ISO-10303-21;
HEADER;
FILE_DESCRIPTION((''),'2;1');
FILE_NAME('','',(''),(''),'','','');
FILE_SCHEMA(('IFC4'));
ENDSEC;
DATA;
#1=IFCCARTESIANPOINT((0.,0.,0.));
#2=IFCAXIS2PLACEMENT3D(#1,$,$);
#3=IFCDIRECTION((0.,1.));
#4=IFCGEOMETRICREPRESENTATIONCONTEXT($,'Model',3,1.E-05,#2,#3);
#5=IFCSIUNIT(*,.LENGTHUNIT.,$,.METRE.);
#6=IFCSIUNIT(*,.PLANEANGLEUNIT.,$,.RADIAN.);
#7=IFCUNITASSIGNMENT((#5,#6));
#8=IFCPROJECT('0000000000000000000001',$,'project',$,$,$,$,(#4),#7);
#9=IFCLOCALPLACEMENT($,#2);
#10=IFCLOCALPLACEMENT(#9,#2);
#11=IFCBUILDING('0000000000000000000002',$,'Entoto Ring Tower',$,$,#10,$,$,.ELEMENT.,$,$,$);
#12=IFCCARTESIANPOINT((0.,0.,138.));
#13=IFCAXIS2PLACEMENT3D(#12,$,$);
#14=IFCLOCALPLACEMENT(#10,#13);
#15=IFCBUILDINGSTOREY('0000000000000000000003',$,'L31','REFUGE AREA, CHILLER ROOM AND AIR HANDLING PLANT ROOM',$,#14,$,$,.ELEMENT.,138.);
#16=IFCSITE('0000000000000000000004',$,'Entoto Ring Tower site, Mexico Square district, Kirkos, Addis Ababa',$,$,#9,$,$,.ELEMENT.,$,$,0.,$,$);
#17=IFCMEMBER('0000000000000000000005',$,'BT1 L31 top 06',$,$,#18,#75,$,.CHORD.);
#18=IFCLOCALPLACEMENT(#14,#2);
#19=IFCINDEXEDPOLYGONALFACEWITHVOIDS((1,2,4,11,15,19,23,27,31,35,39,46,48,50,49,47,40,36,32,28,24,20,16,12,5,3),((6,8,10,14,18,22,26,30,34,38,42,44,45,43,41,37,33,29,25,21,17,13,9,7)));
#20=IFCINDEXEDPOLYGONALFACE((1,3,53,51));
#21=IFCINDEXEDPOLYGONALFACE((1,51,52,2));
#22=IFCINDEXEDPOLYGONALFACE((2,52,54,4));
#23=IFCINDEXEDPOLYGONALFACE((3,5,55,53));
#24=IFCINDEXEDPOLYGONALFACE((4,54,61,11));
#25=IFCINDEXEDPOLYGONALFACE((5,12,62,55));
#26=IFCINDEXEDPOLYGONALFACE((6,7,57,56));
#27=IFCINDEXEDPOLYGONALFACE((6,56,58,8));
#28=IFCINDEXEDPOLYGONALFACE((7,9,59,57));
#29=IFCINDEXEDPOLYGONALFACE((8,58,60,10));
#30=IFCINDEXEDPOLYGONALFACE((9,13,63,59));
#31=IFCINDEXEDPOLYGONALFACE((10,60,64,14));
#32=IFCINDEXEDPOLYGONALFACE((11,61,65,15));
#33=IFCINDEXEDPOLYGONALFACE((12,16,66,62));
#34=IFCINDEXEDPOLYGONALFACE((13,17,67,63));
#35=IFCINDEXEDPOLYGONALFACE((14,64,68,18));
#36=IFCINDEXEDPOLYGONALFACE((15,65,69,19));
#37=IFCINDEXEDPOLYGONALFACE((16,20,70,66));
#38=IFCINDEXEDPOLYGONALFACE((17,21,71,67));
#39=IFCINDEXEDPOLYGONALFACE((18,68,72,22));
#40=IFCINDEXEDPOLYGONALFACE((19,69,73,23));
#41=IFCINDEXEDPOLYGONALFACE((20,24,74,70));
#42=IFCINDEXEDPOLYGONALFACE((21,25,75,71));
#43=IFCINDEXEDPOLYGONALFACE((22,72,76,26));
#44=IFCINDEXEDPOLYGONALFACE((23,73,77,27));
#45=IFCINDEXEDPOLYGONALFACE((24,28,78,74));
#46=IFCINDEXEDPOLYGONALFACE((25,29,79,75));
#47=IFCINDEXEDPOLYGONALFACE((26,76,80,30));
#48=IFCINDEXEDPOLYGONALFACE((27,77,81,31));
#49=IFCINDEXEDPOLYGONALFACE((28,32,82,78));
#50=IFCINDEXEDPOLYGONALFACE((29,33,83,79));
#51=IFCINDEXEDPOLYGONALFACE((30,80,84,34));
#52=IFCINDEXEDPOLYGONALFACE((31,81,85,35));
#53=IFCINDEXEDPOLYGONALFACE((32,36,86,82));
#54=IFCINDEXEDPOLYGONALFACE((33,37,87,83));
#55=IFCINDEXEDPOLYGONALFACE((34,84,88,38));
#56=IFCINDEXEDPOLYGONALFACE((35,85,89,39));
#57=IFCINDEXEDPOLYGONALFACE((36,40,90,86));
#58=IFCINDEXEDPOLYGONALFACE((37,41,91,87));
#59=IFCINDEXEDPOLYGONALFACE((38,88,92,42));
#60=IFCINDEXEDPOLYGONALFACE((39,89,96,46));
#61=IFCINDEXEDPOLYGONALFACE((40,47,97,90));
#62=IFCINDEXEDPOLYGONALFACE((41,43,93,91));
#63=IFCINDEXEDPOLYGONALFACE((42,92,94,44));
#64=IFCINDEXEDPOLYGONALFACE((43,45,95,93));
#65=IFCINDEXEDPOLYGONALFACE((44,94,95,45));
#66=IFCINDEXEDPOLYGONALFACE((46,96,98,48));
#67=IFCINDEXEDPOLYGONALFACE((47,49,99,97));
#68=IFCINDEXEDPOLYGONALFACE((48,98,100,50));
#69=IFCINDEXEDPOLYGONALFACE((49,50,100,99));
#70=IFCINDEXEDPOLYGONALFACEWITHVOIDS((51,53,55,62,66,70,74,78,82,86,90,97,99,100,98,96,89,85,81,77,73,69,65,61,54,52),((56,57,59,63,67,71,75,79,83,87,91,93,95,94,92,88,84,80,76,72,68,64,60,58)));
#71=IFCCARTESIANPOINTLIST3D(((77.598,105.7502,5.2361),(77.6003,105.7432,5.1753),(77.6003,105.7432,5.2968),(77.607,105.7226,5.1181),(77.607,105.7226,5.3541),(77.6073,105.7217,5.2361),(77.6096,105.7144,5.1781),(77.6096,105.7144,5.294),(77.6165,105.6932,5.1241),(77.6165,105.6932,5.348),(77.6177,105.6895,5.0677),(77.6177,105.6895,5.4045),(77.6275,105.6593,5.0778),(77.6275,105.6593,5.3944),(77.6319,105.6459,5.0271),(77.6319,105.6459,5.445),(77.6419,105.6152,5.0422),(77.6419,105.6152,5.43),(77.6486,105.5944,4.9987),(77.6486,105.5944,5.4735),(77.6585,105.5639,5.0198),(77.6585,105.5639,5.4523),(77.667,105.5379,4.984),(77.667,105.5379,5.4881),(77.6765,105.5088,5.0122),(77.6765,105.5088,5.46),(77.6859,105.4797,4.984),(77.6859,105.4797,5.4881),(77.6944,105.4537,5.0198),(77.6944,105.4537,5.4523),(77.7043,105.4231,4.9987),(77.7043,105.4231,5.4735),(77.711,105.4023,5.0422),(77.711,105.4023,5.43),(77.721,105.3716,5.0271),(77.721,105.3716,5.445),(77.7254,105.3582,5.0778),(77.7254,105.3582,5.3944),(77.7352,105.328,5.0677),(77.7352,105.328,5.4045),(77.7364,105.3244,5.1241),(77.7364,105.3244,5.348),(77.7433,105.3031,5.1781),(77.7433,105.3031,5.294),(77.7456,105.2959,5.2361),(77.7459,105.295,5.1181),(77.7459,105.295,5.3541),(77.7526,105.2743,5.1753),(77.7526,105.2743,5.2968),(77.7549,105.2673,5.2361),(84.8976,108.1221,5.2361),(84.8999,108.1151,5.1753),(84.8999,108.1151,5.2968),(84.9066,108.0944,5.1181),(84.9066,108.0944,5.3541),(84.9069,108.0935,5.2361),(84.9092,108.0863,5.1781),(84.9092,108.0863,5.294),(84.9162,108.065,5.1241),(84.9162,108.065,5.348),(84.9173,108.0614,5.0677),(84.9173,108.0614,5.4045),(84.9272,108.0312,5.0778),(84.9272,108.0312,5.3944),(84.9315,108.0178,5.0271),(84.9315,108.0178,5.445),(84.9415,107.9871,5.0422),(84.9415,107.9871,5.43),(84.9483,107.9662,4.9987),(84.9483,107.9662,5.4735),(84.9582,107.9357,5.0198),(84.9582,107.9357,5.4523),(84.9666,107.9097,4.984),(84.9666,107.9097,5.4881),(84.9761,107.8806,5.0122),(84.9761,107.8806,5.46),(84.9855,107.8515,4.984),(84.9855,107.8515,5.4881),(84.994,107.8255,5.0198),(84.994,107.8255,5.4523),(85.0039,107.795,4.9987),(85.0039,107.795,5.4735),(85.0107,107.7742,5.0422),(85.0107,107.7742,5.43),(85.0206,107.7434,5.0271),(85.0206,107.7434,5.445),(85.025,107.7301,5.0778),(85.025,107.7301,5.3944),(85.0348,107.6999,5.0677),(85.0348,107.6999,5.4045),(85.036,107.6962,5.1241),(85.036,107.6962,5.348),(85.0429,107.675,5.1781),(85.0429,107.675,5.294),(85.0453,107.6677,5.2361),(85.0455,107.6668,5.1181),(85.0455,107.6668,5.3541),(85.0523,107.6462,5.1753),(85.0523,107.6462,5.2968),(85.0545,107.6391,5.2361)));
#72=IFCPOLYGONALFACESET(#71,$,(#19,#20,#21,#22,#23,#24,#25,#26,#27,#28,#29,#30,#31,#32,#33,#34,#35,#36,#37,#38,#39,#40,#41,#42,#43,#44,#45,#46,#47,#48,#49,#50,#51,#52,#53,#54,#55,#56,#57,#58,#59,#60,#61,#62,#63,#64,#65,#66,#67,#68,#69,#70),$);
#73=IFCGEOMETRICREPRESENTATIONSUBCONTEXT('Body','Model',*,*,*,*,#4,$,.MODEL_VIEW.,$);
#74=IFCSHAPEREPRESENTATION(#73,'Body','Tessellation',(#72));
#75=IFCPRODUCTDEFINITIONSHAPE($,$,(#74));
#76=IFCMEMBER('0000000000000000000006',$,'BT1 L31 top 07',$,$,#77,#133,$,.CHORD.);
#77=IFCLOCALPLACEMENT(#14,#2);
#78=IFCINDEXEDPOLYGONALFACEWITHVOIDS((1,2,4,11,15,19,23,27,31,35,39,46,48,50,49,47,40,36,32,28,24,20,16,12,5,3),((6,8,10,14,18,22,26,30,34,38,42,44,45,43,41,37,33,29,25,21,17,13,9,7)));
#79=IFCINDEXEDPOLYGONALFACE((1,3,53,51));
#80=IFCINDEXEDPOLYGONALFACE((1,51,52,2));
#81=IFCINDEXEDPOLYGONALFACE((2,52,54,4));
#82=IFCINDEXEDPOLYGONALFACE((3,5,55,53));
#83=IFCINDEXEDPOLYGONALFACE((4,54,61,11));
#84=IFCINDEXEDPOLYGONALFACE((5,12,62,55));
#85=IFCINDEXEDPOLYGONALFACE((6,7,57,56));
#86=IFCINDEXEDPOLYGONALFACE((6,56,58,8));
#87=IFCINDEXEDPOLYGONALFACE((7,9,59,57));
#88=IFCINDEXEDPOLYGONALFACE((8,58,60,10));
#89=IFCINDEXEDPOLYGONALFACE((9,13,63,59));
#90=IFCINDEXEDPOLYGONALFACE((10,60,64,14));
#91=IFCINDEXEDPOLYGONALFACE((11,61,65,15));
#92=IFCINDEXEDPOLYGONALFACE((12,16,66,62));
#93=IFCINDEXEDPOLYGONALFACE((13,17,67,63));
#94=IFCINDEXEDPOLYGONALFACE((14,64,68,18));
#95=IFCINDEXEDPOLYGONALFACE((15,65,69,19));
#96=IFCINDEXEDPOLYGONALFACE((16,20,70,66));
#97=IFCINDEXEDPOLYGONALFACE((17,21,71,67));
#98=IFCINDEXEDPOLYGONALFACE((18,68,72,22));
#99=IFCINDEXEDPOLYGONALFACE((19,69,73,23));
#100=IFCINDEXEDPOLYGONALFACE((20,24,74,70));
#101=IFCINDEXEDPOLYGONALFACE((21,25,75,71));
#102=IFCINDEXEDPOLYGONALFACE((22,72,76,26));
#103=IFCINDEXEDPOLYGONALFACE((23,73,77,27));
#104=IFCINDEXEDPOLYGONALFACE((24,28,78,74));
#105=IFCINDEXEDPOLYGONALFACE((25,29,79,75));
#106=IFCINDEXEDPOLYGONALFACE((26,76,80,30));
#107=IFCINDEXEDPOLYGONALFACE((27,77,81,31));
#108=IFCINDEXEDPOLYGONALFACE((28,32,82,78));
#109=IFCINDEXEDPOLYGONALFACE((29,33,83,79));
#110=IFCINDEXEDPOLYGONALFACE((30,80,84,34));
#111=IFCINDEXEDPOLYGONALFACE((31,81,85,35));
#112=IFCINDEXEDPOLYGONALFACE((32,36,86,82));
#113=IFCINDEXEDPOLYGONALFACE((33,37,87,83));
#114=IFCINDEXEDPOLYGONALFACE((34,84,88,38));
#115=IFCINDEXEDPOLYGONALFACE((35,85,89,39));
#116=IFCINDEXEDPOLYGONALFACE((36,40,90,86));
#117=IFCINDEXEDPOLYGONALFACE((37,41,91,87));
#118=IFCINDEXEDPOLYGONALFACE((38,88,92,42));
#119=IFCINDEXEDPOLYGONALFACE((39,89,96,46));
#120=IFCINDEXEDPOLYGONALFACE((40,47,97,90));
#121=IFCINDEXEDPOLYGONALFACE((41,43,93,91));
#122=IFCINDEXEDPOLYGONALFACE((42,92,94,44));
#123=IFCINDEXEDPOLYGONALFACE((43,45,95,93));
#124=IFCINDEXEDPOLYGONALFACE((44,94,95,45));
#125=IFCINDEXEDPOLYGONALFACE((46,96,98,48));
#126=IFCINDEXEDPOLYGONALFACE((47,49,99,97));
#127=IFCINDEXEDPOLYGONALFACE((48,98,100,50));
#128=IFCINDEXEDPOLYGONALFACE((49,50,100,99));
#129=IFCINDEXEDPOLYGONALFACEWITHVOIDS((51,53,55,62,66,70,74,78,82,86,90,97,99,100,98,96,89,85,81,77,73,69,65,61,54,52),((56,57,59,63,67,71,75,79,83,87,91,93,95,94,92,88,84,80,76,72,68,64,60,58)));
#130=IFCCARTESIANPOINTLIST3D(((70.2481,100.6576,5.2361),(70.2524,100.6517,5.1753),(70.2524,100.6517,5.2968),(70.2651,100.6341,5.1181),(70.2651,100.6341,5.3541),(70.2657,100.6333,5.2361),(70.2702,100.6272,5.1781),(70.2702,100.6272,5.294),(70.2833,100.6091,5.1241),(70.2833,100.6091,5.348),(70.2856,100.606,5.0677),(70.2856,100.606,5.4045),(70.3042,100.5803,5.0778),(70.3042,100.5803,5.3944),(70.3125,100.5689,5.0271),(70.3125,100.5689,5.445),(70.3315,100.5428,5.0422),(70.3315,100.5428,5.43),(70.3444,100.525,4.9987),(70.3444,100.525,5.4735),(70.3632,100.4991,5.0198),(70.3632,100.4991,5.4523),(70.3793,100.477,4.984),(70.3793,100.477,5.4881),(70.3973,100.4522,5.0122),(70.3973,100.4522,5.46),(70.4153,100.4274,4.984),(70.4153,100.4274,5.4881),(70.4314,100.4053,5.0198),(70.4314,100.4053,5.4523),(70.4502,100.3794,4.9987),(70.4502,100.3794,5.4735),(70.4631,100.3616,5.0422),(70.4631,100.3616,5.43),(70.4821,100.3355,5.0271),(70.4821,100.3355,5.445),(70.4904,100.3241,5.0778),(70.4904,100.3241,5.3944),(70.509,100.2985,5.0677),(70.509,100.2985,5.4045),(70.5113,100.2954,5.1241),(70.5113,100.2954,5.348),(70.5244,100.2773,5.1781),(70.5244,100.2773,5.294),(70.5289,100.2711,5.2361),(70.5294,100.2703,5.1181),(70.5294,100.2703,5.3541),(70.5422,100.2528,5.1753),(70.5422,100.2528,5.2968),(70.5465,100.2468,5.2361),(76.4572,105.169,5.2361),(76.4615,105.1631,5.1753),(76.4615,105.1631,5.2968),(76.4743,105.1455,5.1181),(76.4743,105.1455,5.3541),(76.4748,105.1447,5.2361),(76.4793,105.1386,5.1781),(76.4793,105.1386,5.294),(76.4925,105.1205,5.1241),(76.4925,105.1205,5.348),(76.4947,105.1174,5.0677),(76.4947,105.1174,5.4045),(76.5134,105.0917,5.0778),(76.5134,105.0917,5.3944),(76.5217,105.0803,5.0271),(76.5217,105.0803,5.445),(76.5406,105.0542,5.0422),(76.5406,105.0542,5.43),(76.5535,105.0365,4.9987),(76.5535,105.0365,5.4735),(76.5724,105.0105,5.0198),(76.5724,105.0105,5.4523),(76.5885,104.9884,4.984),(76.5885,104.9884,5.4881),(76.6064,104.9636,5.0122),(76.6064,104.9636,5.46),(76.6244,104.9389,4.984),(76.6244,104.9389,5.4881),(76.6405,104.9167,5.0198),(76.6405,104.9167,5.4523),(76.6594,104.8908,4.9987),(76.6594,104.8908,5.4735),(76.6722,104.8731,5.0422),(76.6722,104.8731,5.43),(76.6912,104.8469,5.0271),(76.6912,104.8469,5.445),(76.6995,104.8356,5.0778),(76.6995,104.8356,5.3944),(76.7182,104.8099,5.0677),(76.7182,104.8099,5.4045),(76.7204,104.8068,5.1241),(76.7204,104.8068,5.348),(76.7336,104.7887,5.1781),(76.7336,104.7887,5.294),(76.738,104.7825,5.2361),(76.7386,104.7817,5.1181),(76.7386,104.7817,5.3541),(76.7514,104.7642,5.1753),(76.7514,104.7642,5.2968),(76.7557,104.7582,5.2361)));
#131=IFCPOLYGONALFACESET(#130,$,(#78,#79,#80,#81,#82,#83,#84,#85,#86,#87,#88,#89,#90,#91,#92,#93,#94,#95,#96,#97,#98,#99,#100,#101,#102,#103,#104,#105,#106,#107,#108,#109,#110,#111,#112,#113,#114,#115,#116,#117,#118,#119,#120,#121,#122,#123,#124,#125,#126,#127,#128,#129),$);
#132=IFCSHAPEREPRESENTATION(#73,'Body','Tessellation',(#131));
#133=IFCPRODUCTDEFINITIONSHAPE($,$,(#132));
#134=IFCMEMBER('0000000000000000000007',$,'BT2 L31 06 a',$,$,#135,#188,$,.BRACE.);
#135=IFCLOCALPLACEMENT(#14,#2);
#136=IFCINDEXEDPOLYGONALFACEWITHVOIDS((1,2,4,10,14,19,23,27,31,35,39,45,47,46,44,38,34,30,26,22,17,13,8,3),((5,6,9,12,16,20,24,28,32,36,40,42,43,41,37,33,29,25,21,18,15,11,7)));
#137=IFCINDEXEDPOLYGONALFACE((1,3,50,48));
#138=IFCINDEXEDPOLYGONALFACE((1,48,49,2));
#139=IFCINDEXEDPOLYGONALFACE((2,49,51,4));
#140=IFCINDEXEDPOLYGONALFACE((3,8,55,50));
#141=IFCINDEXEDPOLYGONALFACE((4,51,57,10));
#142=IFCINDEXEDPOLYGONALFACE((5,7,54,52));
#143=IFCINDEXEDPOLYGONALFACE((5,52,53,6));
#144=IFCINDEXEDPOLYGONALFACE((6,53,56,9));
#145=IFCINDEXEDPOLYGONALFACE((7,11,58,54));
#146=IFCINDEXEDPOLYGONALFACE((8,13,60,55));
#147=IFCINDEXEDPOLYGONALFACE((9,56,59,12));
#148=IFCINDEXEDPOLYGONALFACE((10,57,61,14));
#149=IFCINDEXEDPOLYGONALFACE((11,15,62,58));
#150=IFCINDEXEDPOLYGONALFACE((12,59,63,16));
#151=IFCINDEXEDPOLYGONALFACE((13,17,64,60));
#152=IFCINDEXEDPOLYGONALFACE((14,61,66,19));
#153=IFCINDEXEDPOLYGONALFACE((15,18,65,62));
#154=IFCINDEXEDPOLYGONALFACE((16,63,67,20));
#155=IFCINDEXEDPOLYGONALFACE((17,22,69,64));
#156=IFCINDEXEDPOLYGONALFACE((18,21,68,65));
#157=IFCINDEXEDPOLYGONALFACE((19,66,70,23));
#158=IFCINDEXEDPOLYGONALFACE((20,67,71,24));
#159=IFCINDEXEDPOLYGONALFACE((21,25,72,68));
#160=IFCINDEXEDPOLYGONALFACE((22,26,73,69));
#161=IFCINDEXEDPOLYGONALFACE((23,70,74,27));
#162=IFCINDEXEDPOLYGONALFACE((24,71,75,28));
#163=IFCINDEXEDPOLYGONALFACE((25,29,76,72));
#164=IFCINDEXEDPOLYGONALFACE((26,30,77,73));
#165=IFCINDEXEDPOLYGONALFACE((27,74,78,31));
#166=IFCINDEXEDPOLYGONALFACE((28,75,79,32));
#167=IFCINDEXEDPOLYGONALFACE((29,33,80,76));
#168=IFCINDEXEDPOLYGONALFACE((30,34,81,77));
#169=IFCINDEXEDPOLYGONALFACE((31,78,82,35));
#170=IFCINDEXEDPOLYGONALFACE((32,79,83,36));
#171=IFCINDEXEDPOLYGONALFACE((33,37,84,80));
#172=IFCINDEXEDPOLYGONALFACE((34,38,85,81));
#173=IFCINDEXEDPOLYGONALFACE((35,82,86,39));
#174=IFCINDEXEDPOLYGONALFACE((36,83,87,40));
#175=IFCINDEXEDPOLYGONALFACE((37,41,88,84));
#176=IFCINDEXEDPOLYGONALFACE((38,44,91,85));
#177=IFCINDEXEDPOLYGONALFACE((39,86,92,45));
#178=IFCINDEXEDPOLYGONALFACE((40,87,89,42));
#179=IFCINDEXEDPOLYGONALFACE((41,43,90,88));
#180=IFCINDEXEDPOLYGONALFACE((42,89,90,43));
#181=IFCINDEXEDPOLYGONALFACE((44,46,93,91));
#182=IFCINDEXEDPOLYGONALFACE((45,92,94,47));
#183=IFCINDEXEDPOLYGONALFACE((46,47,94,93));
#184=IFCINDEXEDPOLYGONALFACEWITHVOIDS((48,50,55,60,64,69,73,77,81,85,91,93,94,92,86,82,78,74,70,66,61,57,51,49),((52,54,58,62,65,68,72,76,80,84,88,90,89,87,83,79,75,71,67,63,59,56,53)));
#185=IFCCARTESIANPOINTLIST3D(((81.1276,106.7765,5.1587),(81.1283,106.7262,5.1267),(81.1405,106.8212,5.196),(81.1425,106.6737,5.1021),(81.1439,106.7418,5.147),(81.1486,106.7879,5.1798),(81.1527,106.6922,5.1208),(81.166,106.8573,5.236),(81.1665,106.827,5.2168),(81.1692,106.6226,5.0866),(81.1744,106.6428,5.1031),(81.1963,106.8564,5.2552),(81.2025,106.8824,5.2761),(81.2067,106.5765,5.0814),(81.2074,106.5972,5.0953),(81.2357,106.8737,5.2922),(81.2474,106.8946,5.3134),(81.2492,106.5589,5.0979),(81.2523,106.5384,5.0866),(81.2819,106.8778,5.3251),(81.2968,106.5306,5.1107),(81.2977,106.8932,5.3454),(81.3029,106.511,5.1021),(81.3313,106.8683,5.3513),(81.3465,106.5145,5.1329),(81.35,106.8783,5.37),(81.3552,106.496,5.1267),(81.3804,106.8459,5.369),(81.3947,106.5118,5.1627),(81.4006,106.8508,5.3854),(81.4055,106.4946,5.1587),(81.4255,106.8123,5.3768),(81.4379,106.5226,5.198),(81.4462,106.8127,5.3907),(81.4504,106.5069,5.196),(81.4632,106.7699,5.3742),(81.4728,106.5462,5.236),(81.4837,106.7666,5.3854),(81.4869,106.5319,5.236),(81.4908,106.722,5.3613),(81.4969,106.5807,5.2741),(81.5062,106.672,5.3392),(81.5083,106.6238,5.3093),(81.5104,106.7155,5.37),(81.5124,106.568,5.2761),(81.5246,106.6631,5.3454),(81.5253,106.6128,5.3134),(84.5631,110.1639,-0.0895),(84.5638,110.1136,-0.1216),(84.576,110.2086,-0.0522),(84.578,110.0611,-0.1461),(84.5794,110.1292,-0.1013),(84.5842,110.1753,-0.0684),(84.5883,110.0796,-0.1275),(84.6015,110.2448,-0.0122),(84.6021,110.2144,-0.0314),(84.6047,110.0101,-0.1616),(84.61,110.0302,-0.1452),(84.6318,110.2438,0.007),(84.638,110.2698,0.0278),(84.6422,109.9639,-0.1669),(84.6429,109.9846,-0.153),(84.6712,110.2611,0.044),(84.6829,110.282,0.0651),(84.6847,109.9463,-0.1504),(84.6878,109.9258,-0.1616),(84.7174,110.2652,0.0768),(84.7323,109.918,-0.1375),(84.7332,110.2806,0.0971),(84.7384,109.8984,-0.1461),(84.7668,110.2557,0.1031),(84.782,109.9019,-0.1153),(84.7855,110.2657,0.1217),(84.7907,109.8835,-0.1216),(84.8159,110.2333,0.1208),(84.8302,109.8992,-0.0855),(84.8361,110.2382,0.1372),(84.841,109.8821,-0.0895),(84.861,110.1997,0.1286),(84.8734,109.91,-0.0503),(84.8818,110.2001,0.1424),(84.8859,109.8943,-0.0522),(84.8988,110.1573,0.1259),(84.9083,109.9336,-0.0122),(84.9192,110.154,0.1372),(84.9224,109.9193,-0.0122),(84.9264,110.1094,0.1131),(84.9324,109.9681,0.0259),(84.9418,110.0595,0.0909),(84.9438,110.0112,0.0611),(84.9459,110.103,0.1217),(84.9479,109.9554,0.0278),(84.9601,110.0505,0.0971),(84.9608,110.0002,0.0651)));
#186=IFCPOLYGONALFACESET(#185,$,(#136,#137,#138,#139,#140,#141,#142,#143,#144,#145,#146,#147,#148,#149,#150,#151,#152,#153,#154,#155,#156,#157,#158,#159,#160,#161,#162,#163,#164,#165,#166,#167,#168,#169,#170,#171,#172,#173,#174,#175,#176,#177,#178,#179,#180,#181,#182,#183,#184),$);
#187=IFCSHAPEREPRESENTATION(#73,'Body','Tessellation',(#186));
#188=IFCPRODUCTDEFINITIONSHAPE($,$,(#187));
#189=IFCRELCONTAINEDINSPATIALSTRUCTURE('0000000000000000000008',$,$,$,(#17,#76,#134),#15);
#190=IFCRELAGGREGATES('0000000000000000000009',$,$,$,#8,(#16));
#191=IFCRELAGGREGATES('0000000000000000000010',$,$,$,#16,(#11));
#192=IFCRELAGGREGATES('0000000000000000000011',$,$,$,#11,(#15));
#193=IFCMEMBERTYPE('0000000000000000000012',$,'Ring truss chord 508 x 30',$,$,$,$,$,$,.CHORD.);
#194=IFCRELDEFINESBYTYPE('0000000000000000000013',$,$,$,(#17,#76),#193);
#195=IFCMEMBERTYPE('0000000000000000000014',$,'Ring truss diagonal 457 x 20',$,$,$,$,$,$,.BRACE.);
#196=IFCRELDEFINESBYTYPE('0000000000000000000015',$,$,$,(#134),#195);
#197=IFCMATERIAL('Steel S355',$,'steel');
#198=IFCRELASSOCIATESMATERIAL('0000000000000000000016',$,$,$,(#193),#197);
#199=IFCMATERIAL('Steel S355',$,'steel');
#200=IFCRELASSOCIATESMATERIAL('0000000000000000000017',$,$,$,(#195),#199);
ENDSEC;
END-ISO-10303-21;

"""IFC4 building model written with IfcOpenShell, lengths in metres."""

from ifc_helpers import new_model, si_unit, direction, frame, origin, origin_2d, place, context, subcontext, project, spatial, circle, hollow_circle, extrude, material, material_profile, profile_set, type_object, element, save


model = new_model("IFC4")

# Units and contexts
model_context = context("Model", 3, precision=1e-05, world=origin(), true_north=direction((0.0, 1.0)))
body_context = subcontext(model_context, "Body", "Model", "MODEL_VIEW")
ifc_project = project(units=[si_unit("LENGTHUNIT", "METRE"), si_unit("PLANEANGLEUNIT", "RADIAN")], contexts=[model_context])

# Site, building, storey
site_placement = place(None, origin())
site = spatial("IfcSite", under=ifc_project, at=site_placement, Name="Entoto Ring Tower site, Mexico Square district, Kirkos, Addis Ababa", CompositionType="ELEMENT", RefElevation=0.0)
building_placement = place(site_placement, origin())
building = spatial("IfcBuilding", under=site, at=building_placement, Name="Entoto Ring Tower", CompositionType="ELEMENT")
storey_placement = place(building_placement, frame((0.0, 0.0, 138.0)))
storey = spatial("IfcBuildingStorey", under=building, at=storey_placement, Name="L31", Description="REFUGE AREA, CHILLER ROOM AND AIR HANDLING PLANT ROOM", CompositionType="ELEMENT", Elevation=138.0)

# Members
ifc_material_1 = material(Name="Steel S355", Category="steel")
ifc_material_profile_1 = material_profile(ifc_material_1, hollow_circle(Radius=0.2539, WallThickness=0.03, at=origin_2d()), Name="CHS 508 x 30")
ifc_material_2 = material(Name="Concrete C60/75", Category="concrete")
ifc_material_profile_2 = material_profile(ifc_material_2, circle(Radius=0.2241, at=origin_2d()), Name="Concrete C60/75 infill")
ifc_profile_set_1 = profile_set([ifc_material_profile_1, ifc_material_profile_2], Name="Steel S355")
member_type_1 = type_object("IfcMemberType", Name="Ring truss chord 508 x 30", PredefinedType="CHORD", material=ifc_profile_set_1)
member_1_placement = place(storey_placement, frame((84.9761, 107.8806, 5.2361), z_axis=(-0.951054, -0.309023, 0.0), x_axis=(0.309023, -0.951054, 0.0)))
element("IfcMember", 1, at=member_1_placement, inside=storey, type_object=member_type_1, Name="BT1 L31 top 06", PredefinedType="CHORD", context=body_context, shape_type="SweptSolid", body=[
    extrude(hollow_circle(Radius=0.2539, WallThickness=0.03, at=origin_2d()), origin(), (0.0, 0.0, 1.0), 7.6753),
])
member_2_placement = place(storey_placement, frame((76.6064, 104.9636, 5.2361), z_axis=(-0.809004, -0.587803, 0.0), x_axis=(0.587803, -0.809004, 0.0)))
element("IfcMember", 2, at=member_2_placement, inside=storey, type_object=member_type_1, Name="BT1 L31 top 07", PredefinedType="CHORD", context=body_context, shape_type="SweptSolid", body=[
    extrude(hollow_circle(Radius=0.2539, WallThickness=0.03, at=origin_2d()), origin(), (0.0, 0.0, 1.0), 7.675),
])
ifc_material_3 = material(Name="Steel S355", Category="steel")
ifc_material_profile_3 = material_profile(ifc_material_3, hollow_circle(Radius=0.2285, WallThickness=0.02, at=origin_2d()), Name="CHS 457 x 20")
ifc_material_4 = material(Name="Concrete C60/75", Category="concrete")
ifc_material_profile_4 = material_profile(ifc_material_4, circle(Radius=0.2085, at=origin_2d()), Name="Concrete C60/75 infill")
ifc_profile_set_2 = profile_set([ifc_material_profile_3, ifc_material_profile_4], Name="Steel S355")
member_type_2 = type_object("IfcMemberType", Name="Ring truss diagonal 457 x 20", PredefinedType="BRACE", material=ifc_profile_set_2)
for number, where, z_axis, x_axis, name in (
    (3, (84.762, 110.082, -0.0122), (-0.481913, -0.475166, 0.736191), (0.702105, -0.712074, 0.0), "BT2 L31 06 a"),
):
    element("IfcMember", number, at=place(storey_placement, frame(where, z_axis=z_axis, x_axis=x_axis)), inside=storey, type_object=member_type_2, Name=name, PredefinedType="BRACE", context=body_context, shape_type="SweptSolid", body=[
        extrude(hollow_circle(Radius=0.2285, WallThickness=0.02, at=origin_2d()), origin(), (0.0, 0.0, 1.0), 7.1289),
    ])

save(model, "model.ifc")
